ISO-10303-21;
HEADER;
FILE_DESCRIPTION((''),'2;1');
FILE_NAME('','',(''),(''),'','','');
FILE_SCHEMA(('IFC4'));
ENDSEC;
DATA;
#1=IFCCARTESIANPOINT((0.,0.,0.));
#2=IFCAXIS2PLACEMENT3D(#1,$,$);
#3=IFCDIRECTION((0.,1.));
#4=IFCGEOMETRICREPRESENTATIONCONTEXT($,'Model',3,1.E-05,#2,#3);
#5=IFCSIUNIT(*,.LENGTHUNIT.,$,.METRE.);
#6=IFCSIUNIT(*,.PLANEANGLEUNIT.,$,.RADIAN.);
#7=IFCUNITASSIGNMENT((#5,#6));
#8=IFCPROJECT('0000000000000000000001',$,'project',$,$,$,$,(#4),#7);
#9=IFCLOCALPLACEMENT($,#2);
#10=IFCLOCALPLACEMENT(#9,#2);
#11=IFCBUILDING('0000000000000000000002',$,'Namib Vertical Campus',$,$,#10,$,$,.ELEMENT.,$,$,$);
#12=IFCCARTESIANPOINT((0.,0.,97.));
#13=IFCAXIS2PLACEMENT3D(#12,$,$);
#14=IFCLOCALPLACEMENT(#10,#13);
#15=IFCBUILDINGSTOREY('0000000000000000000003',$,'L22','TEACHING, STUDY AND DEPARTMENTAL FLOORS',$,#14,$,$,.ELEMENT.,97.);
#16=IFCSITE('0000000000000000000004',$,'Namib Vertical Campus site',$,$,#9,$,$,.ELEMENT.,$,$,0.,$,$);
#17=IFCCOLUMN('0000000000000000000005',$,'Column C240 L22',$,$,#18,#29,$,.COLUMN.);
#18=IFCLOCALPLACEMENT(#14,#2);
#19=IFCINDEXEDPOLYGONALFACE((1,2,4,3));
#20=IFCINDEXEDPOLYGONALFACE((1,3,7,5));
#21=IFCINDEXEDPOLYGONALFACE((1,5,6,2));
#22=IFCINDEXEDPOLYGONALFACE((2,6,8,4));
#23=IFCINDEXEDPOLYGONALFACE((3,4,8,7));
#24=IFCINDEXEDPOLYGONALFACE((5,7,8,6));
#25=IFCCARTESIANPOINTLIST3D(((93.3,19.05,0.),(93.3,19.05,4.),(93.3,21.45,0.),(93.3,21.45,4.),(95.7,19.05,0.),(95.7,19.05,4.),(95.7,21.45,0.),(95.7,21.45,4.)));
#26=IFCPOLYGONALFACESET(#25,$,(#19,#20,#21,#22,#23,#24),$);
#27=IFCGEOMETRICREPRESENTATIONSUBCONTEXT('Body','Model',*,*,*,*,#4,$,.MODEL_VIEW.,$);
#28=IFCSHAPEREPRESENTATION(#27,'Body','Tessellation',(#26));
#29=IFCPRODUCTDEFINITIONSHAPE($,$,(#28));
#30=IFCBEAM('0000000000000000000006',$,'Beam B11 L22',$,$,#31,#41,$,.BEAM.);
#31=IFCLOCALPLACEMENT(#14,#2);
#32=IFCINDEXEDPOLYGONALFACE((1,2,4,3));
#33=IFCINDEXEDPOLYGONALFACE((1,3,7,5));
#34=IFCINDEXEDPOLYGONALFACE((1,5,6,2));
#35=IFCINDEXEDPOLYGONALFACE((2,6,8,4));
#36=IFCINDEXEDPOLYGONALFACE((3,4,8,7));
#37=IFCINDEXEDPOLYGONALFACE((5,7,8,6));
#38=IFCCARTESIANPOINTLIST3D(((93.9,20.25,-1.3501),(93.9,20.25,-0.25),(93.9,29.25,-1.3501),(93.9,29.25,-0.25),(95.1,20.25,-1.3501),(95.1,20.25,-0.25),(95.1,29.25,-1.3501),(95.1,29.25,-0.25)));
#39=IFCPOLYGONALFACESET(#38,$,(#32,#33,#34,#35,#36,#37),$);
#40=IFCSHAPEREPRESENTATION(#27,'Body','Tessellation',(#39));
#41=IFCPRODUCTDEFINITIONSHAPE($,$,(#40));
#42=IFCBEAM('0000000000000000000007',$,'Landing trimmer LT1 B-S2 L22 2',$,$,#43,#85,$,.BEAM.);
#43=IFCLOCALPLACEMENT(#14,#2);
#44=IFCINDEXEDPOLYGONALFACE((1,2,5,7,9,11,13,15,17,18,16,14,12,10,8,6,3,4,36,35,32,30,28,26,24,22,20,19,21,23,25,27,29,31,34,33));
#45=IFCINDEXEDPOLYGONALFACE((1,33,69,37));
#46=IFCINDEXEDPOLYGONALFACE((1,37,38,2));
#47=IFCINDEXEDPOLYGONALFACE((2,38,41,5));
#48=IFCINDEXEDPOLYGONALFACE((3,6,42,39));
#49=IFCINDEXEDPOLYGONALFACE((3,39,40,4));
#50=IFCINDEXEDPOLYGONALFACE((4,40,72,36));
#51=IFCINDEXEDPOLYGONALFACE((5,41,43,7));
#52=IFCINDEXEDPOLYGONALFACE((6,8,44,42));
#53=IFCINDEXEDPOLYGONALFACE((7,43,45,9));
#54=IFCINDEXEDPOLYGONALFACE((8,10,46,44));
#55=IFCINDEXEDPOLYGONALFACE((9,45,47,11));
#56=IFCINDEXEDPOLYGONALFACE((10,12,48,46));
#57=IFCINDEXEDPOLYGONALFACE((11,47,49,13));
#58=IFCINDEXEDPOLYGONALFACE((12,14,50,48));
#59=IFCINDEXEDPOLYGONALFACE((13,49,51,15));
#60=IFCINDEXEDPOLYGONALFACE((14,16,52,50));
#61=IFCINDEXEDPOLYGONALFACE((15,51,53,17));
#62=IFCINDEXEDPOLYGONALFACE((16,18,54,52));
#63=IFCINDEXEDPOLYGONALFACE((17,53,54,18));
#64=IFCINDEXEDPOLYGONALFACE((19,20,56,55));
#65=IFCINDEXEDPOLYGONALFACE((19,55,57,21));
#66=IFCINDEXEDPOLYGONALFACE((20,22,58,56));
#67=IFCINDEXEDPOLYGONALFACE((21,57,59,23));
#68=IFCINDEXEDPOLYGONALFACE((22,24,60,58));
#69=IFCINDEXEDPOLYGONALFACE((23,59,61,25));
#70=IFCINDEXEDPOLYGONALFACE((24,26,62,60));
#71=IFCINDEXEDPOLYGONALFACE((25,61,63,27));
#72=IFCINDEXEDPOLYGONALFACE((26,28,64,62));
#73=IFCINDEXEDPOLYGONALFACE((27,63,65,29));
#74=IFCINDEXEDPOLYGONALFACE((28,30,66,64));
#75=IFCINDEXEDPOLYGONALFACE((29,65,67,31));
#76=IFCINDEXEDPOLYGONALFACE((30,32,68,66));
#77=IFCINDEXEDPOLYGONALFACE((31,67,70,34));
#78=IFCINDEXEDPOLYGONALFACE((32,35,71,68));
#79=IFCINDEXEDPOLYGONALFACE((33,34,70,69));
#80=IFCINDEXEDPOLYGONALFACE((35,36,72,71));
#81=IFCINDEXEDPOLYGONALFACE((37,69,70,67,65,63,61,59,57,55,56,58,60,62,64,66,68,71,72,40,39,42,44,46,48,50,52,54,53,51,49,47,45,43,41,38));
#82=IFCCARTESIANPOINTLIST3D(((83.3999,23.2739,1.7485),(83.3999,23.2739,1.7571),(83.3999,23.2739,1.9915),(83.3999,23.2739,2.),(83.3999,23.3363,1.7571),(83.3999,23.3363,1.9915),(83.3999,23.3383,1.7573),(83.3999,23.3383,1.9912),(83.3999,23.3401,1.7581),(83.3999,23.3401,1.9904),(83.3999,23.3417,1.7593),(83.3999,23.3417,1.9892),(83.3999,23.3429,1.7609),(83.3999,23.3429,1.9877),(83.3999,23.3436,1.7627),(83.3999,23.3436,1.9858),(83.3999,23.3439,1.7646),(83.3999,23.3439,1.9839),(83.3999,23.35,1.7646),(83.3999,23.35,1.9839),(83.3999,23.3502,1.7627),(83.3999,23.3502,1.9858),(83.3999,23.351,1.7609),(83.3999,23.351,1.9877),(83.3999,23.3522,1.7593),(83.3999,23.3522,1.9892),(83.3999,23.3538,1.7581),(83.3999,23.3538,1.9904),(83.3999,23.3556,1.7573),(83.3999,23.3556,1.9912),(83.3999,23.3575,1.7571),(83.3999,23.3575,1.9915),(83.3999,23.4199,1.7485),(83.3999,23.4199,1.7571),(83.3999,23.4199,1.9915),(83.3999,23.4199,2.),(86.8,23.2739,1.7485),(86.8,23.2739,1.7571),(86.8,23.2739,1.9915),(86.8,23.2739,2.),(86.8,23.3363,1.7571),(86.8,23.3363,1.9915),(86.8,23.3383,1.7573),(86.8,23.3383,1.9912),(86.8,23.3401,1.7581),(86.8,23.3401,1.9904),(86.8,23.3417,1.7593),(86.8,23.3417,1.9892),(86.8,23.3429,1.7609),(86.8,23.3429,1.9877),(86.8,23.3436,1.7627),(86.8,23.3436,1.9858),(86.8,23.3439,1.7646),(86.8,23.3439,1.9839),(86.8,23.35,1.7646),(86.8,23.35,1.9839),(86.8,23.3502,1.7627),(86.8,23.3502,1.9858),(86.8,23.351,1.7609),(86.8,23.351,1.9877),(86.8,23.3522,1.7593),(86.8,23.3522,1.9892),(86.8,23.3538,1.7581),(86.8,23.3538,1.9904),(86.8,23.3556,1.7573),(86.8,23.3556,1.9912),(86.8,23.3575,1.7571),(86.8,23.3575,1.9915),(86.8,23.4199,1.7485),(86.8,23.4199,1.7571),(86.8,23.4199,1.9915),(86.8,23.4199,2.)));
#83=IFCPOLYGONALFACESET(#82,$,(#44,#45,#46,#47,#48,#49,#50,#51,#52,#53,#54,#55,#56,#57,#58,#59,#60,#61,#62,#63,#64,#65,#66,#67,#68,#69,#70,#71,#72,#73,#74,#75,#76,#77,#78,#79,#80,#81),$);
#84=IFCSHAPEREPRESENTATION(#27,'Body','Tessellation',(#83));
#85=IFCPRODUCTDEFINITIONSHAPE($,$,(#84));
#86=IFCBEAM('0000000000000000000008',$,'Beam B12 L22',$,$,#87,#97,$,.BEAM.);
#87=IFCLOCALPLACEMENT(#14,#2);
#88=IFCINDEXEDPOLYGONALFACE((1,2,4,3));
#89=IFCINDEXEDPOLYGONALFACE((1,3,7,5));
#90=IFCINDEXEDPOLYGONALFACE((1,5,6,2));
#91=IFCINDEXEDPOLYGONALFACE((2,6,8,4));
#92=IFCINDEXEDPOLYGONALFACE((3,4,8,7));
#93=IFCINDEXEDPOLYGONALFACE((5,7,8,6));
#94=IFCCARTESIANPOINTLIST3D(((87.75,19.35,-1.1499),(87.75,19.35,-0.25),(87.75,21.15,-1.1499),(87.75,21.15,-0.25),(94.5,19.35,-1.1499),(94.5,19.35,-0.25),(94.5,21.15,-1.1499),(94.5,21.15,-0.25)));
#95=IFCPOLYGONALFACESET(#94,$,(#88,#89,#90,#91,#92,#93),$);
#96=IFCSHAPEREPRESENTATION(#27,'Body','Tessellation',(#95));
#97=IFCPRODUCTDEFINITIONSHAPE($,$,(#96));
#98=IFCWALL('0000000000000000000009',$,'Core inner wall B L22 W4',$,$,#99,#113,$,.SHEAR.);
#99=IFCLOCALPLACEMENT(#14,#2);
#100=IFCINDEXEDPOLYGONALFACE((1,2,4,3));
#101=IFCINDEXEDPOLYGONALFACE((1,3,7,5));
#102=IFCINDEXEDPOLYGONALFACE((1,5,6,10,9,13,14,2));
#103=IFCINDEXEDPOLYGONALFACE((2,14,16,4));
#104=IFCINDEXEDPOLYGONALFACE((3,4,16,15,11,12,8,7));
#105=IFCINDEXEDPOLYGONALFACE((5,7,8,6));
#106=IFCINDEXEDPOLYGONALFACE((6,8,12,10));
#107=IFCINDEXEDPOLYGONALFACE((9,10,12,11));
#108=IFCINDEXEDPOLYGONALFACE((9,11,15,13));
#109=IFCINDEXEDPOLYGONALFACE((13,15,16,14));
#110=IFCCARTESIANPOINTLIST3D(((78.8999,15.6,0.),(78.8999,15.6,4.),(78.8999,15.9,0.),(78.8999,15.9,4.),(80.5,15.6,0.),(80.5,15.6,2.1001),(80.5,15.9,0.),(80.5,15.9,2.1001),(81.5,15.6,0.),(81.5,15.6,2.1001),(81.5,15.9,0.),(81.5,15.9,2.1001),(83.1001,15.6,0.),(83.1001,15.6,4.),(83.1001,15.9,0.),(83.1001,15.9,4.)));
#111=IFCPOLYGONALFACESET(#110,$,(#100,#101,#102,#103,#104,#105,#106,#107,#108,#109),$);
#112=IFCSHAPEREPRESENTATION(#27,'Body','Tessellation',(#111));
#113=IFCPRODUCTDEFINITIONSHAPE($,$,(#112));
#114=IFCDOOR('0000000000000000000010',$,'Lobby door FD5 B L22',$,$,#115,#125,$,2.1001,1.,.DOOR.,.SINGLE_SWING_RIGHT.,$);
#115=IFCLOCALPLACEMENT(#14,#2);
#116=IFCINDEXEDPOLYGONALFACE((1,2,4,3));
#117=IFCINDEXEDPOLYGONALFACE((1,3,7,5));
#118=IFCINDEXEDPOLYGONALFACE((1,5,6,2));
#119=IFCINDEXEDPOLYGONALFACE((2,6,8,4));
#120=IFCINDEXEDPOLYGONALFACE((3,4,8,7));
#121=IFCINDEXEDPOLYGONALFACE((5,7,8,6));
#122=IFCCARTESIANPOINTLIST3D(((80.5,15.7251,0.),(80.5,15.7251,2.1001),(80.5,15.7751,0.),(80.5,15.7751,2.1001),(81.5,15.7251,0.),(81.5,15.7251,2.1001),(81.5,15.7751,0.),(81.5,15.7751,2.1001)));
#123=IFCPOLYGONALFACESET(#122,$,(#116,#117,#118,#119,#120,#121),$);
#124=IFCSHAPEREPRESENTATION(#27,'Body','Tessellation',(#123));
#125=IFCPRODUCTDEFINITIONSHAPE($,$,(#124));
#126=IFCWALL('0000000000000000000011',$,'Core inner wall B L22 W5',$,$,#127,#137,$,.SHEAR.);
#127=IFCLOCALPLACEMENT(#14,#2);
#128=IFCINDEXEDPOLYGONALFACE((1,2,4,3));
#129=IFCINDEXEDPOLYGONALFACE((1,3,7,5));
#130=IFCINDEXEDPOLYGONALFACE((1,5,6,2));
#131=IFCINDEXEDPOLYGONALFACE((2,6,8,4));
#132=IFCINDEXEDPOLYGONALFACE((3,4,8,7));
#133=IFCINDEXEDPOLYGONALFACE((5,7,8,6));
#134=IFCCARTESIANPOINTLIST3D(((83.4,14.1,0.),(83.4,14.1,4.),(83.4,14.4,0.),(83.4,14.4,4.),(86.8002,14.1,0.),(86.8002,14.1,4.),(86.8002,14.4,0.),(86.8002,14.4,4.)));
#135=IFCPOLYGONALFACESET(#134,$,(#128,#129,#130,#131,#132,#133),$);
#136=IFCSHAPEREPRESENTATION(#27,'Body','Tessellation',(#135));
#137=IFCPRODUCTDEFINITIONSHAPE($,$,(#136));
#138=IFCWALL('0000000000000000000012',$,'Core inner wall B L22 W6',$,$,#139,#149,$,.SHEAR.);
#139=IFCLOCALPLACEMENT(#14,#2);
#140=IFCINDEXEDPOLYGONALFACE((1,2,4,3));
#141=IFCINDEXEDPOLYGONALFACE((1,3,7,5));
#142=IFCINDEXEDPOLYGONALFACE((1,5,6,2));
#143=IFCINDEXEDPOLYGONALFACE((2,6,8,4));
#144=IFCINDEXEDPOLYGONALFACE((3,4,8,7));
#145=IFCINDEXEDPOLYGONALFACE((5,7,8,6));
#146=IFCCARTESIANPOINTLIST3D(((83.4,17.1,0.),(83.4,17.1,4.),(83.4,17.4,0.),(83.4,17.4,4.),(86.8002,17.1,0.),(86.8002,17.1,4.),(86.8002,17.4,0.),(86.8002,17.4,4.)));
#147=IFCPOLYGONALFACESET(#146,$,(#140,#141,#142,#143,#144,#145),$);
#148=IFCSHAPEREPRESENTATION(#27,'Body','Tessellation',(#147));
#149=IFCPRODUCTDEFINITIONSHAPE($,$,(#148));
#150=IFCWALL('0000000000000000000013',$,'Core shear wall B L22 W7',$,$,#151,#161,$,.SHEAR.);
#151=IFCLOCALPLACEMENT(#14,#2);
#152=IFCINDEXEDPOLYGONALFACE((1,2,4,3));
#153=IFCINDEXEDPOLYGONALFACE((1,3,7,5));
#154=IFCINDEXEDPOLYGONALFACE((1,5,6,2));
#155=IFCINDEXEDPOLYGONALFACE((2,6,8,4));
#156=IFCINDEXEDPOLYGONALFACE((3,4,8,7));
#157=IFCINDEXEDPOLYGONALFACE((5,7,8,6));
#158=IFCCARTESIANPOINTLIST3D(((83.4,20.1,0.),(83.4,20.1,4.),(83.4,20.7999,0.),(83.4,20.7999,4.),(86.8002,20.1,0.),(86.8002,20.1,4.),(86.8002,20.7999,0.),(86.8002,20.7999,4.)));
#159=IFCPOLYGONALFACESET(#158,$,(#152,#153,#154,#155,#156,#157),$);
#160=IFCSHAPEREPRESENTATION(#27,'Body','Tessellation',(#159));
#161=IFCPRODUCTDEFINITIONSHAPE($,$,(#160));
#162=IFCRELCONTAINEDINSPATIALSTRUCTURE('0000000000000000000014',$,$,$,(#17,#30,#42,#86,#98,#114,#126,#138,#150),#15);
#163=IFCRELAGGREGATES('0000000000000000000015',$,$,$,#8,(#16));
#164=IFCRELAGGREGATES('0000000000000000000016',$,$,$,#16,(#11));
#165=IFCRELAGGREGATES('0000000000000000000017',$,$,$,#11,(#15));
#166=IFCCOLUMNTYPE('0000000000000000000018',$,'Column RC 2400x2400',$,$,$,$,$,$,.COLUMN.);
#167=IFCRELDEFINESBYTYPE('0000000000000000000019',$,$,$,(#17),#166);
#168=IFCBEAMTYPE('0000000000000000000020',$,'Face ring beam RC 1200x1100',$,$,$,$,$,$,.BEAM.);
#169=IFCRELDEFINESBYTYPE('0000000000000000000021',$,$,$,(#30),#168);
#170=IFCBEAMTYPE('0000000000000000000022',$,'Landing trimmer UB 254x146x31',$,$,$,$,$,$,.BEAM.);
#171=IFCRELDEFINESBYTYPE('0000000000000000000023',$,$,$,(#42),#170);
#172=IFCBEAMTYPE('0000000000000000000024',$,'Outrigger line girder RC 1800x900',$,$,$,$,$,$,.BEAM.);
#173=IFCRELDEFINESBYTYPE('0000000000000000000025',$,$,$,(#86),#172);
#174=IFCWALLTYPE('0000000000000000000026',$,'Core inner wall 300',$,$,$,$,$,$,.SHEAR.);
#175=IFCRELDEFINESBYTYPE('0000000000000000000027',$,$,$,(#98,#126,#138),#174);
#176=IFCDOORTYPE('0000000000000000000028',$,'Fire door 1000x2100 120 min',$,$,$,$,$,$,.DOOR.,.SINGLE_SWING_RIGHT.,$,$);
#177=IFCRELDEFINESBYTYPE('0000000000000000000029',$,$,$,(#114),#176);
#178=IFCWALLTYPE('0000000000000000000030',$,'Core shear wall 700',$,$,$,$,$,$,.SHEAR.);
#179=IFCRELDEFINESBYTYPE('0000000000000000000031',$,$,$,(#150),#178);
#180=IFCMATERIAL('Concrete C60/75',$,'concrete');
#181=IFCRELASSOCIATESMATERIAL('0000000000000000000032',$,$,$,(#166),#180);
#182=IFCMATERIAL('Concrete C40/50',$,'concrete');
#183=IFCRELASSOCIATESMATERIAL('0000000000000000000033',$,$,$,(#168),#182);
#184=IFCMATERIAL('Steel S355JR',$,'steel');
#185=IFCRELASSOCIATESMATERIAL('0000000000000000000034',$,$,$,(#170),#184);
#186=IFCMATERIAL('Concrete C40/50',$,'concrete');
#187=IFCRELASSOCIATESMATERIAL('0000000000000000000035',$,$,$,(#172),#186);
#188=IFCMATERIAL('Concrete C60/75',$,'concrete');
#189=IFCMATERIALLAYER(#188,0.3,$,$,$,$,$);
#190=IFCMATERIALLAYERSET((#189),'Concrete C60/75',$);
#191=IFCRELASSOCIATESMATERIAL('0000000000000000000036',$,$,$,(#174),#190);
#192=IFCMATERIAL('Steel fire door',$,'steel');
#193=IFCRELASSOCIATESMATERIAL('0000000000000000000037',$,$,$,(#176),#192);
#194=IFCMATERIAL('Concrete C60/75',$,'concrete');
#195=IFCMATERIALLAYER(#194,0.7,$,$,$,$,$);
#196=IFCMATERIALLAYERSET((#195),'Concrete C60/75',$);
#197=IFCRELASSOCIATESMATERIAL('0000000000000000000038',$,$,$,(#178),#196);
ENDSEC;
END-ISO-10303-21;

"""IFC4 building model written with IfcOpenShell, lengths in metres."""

from ifc_helpers import new_model, si_unit, direction, frame, frame_2d, origin, origin_2d, place, context, subcontext, project, spatial, rectangle, i_section, extrude, material, layer, layer_set, material_profile, profile_set, type_object, element, fill, save


model = new_model("IFC4")

# Units and contexts
model_context = context("Model", 3, precision=1e-05, world=origin(), true_north=direction((0.0, 1.0)))
body_context = subcontext(model_context, "Body", "Model", "MODEL_VIEW")
ifc_project = project(units=[si_unit("LENGTHUNIT", "METRE"), si_unit("PLANEANGLEUNIT", "RADIAN")], contexts=[model_context])

# Site, building, storey
site_placement = place(None, origin())
site = spatial("IfcSite", under=ifc_project, at=site_placement, Name="Namib Vertical Campus site", CompositionType="ELEMENT", RefElevation=0.0)
building_placement = place(site_placement, origin())
building = spatial("IfcBuilding", under=site, at=building_placement, Name="Namib Vertical Campus", CompositionType="ELEMENT")
storey_placement = place(building_placement, frame((0.0, 0.0, 97.0)))
storey = spatial("IfcBuildingStorey", under=building, at=storey_placement, Name="L22", Description="TEACHING, STUDY AND DEPARTMENTAL FLOORS", CompositionType="ELEMENT", Elevation=97.0)

# Column
ifc_material_1 = material(Name="Concrete C60/75", Category="concrete")
ifc_material_profile_1 = material_profile(ifc_material_1, rectangle(XDim=2.3999, YDim=2.3999, at=origin_2d()))
ifc_profile_set_1 = profile_set([ifc_material_profile_1], Name="Concrete C60/75")
column_type = type_object("IfcColumnType", Name="Column RC 2400x2400", PredefinedType="COLUMN", material=ifc_profile_set_1)
column_placement = place(storey_placement, frame((94.5, 20.25, 0.0), z_axis=(0.0, 0.0, 1.0), x_axis=(1.0, 0.0, 0.0)))
element("IfcColumn", 1, at=column_placement, inside=storey, type_object=column_type, Name="Column C240 L22", PredefinedType="COLUMN", context=body_context, shape_type="SweptSolid", body=[
    extrude(rectangle(XDim=2.3999, YDim=2.3999, at=origin_2d()), origin(), (0.0, 0.0, 1.0), 4.0),
])

# Beams
ifc_material_2 = material(Name="Concrete C40/50", Category="concrete")
ifc_material_profile_2 = material_profile(ifc_material_2, rectangle(XDim=1.2, YDim=1.1001, at=origin_2d()))
ifc_profile_set_2 = profile_set([ifc_material_profile_2], Name="Concrete C40/50")
beam_type_1 = type_object("IfcBeamType", Name="Face ring beam RC 1200x1100", PredefinedType="BEAM", material=ifc_profile_set_2)
beam_1_placement = place(storey_placement, frame((94.5, 20.25, -0.8), z_axis=(0.0, 1.0, 0.0), x_axis=(-1.0, 0.0, 0.0)))
element("IfcBeam", 2, at=beam_1_placement, inside=storey, type_object=beam_type_1, Name="Beam B11 L22", PredefinedType="BEAM", context=body_context, shape_type="SweptSolid", body=[
    extrude(rectangle(XDim=1.2, YDim=1.1001, at=origin_2d()), origin(), (0.0, 0.0, 1.0), 9.0),
])
ifc_material_3 = material(Name="Steel S355JR", Category="steel")
ifc_material_profile_3 = material_profile(ifc_material_3, i_section(OverallWidth=0.146, OverallDepth=0.2515, WebThickness=0.0061, FlangeThickness=0.0085, FilletRadius=0.0076, at=origin_2d()))
ifc_profile_set_3 = profile_set([ifc_material_profile_3], Name="Steel S355JR")
beam_type_2 = type_object("IfcBeamType", Name="Landing trimmer UB 254x146x31", PredefinedType="BEAM", material=ifc_profile_set_3)
beam_2_placement = place(storey_placement, frame((83.3999, 23.3469, 1.8743), z_axis=(1.0, 0.0, 0.0), x_axis=(0.0, 1.0, 0.0)))
element("IfcBeam", 3, at=beam_2_placement, inside=storey, type_object=beam_type_2, Name="Landing trimmer LT1 B-S2 L22 2", PredefinedType="BEAM", context=body_context, shape_type="SweptSolid", body=[
    extrude(i_section(OverallWidth=0.146, OverallDepth=0.2515, WebThickness=0.0061, FlangeThickness=0.0085, FilletRadius=0.0076, at=origin_2d()), origin(), (0.0, 0.0, 1.0), 3.4001),
])
ifc_material_4 = material(Name="Concrete C40/50", Category="concrete")
ifc_material_profile_4 = material_profile(ifc_material_4, rectangle(XDim=1.8, YDim=0.8999, at=origin_2d()))
ifc_profile_set_4 = profile_set([ifc_material_profile_4], Name="Concrete C40/50")
beam_type_3 = type_object("IfcBeamType", Name="Outrigger line girder RC 1800x900", PredefinedType="BEAM", material=ifc_profile_set_4)
beam_3_placement = place(storey_placement, frame((94.5, 20.25, -0.7), z_axis=(-1.0, 0.0, 0.0), x_axis=(0.0, -1.0, 0.0)))
element("IfcBeam", 4, at=beam_3_placement, inside=storey, type_object=beam_type_3, Name="Beam B12 L22", PredefinedType="BEAM", context=body_context, shape_type="SweptSolid", body=[
    extrude(rectangle(XDim=1.8, YDim=0.8999, at=origin_2d()), origin(), (0.0, 0.0, 1.0), 6.75),
])

# Wall, opening, door
ifc_material_5 = material(Name="Concrete C60/75", Category="concrete")
ifc_layer_1 = layer(ifc_material_5, 0.3)
ifc_layer_set_1 = layer_set([ifc_layer_1], Name="Concrete C60/75")
wall_type_1 = type_object("IfcWallType", Name="Core inner wall 300", PredefinedType="SHEAR", material=ifc_layer_set_1)
wall_1_placement = place(storey_placement, frame((78.8999, 15.75, 0.0), z_axis=(0.0, 0.0, 1.0), x_axis=(1.0, 0.0, 0.0)))
wall_1 = element("IfcWall", 5, at=wall_1_placement, inside=storey, type_object=wall_type_1, Name="Core inner wall B L22 W4", PredefinedType="SHEAR", context=body_context, shape_type="SweptSolid", body=[
    extrude(rectangle(XDim=4.2002, YDim=0.3, at=frame_2d((2.1001, 0.0))), origin(), (0.0, 0.0, 1.0), 4.0),
])
opening_1_placement = place(wall_1_placement, frame((1.6001, 0.0, 0.0)))
opening_1 = element("IfcOpeningElement", 6, at=opening_1_placement, cuts=wall_1, PredefinedType="OPENING", context=body_context, shape_type="SweptSolid", body=[
    extrude(rectangle(XDim=1.0, YDim=2.1001, at=frame_2d((0.5, 1.05))), frame((0.0, 0.1599, 0.0), z_axis=(0.0, -1.0, 0.0), x_axis=(1.0, 0.0, 0.0)), (0.0, 0.0, 1.0), 0.3201),
])
ifc_material_6 = material(Name="Steel fire door", Category="steel")
door_type_1 = type_object("IfcDoorType", Name="Fire door 1000x2100 120 min", OperationType="SINGLE_SWING_RIGHT", PredefinedType="DOOR", material=ifc_material_6)
door_1_placement = place(opening_1_placement, frame((1.0, 0.0, 0.0), z_axis=(0.0, 0.0, 1.0), x_axis=(-1.0, 0.0, 0.0)))
door_1 = element("IfcDoor", 7, at=door_1_placement, inside=storey, type_object=door_type_1, Name="Lobby door FD5 B L22", OperationType="SINGLE_SWING_RIGHT", OverallHeight=2.1001, OverallWidth=1.0, PredefinedType="DOOR", context=body_context, shape_type="SweptSolid", body=[
    extrude(rectangle(XDim=1.0, YDim=2.1001, at=frame_2d((0.5, 1.05))), frame((0.0, 0.0249, 0.0), z_axis=(0.0, -1.0, 0.0), x_axis=(1.0, 0.0, 0.0)), (0.0, 0.0, 1.0), 0.05),
])
fill(opening_1, door_1)

# Walls
for number, where, z_axis, x_axis, name in (
    (8, (83.3999, 14.25, 0.0), (0.0, 0.0, 1.0), (1.0, 0.0, 0.0), "Core inner wall B L22 W5"),
    (9, (83.3999, 17.25, 0.0), (0.0, 0.0, 1.0), (1.0, 0.0, 0.0), "Core inner wall B L22 W6"),
):
    element("IfcWall", number, at=place(storey_placement, frame(where, z_axis=z_axis, x_axis=x_axis)), inside=storey, type_object=wall_type_1, Name=name, PredefinedType="SHEAR", context=body_context, shape_type="SweptSolid", body=[
        extrude(rectangle(XDim=3.4001, YDim=0.3, at=frame_2d((1.7002, 0.0))), origin(), (0.0, 0.0, 1.0), 4.0),
    ])
ifc_material_7 = material(Name="Concrete C60/75", Category="concrete")
ifc_layer_2 = layer(ifc_material_7, 0.7)
ifc_layer_set_2 = layer_set([ifc_layer_2], Name="Concrete C60/75")
wall_type_2 = type_object("IfcWallType", Name="Core shear wall 700", PredefinedType="SHEAR", material=ifc_layer_set_2)
wall_2_placement = place(storey_placement, frame((83.3999, 20.45, 0.0), z_axis=(0.0, 0.0, 1.0), x_axis=(1.0, 0.0, 0.0)))
element("IfcWall", 10, at=wall_2_placement, inside=storey, type_object=wall_type_2, Name="Core shear wall B L22 W7", PredefinedType="SHEAR", context=body_context, shape_type="SweptSolid", body=[
    extrude(rectangle(XDim=3.4001, YDim=0.7, at=frame_2d((1.7002, 0.0))), origin(), (0.0, 0.0, 1.0), 4.0),
])

save(model, "model.ifc")
